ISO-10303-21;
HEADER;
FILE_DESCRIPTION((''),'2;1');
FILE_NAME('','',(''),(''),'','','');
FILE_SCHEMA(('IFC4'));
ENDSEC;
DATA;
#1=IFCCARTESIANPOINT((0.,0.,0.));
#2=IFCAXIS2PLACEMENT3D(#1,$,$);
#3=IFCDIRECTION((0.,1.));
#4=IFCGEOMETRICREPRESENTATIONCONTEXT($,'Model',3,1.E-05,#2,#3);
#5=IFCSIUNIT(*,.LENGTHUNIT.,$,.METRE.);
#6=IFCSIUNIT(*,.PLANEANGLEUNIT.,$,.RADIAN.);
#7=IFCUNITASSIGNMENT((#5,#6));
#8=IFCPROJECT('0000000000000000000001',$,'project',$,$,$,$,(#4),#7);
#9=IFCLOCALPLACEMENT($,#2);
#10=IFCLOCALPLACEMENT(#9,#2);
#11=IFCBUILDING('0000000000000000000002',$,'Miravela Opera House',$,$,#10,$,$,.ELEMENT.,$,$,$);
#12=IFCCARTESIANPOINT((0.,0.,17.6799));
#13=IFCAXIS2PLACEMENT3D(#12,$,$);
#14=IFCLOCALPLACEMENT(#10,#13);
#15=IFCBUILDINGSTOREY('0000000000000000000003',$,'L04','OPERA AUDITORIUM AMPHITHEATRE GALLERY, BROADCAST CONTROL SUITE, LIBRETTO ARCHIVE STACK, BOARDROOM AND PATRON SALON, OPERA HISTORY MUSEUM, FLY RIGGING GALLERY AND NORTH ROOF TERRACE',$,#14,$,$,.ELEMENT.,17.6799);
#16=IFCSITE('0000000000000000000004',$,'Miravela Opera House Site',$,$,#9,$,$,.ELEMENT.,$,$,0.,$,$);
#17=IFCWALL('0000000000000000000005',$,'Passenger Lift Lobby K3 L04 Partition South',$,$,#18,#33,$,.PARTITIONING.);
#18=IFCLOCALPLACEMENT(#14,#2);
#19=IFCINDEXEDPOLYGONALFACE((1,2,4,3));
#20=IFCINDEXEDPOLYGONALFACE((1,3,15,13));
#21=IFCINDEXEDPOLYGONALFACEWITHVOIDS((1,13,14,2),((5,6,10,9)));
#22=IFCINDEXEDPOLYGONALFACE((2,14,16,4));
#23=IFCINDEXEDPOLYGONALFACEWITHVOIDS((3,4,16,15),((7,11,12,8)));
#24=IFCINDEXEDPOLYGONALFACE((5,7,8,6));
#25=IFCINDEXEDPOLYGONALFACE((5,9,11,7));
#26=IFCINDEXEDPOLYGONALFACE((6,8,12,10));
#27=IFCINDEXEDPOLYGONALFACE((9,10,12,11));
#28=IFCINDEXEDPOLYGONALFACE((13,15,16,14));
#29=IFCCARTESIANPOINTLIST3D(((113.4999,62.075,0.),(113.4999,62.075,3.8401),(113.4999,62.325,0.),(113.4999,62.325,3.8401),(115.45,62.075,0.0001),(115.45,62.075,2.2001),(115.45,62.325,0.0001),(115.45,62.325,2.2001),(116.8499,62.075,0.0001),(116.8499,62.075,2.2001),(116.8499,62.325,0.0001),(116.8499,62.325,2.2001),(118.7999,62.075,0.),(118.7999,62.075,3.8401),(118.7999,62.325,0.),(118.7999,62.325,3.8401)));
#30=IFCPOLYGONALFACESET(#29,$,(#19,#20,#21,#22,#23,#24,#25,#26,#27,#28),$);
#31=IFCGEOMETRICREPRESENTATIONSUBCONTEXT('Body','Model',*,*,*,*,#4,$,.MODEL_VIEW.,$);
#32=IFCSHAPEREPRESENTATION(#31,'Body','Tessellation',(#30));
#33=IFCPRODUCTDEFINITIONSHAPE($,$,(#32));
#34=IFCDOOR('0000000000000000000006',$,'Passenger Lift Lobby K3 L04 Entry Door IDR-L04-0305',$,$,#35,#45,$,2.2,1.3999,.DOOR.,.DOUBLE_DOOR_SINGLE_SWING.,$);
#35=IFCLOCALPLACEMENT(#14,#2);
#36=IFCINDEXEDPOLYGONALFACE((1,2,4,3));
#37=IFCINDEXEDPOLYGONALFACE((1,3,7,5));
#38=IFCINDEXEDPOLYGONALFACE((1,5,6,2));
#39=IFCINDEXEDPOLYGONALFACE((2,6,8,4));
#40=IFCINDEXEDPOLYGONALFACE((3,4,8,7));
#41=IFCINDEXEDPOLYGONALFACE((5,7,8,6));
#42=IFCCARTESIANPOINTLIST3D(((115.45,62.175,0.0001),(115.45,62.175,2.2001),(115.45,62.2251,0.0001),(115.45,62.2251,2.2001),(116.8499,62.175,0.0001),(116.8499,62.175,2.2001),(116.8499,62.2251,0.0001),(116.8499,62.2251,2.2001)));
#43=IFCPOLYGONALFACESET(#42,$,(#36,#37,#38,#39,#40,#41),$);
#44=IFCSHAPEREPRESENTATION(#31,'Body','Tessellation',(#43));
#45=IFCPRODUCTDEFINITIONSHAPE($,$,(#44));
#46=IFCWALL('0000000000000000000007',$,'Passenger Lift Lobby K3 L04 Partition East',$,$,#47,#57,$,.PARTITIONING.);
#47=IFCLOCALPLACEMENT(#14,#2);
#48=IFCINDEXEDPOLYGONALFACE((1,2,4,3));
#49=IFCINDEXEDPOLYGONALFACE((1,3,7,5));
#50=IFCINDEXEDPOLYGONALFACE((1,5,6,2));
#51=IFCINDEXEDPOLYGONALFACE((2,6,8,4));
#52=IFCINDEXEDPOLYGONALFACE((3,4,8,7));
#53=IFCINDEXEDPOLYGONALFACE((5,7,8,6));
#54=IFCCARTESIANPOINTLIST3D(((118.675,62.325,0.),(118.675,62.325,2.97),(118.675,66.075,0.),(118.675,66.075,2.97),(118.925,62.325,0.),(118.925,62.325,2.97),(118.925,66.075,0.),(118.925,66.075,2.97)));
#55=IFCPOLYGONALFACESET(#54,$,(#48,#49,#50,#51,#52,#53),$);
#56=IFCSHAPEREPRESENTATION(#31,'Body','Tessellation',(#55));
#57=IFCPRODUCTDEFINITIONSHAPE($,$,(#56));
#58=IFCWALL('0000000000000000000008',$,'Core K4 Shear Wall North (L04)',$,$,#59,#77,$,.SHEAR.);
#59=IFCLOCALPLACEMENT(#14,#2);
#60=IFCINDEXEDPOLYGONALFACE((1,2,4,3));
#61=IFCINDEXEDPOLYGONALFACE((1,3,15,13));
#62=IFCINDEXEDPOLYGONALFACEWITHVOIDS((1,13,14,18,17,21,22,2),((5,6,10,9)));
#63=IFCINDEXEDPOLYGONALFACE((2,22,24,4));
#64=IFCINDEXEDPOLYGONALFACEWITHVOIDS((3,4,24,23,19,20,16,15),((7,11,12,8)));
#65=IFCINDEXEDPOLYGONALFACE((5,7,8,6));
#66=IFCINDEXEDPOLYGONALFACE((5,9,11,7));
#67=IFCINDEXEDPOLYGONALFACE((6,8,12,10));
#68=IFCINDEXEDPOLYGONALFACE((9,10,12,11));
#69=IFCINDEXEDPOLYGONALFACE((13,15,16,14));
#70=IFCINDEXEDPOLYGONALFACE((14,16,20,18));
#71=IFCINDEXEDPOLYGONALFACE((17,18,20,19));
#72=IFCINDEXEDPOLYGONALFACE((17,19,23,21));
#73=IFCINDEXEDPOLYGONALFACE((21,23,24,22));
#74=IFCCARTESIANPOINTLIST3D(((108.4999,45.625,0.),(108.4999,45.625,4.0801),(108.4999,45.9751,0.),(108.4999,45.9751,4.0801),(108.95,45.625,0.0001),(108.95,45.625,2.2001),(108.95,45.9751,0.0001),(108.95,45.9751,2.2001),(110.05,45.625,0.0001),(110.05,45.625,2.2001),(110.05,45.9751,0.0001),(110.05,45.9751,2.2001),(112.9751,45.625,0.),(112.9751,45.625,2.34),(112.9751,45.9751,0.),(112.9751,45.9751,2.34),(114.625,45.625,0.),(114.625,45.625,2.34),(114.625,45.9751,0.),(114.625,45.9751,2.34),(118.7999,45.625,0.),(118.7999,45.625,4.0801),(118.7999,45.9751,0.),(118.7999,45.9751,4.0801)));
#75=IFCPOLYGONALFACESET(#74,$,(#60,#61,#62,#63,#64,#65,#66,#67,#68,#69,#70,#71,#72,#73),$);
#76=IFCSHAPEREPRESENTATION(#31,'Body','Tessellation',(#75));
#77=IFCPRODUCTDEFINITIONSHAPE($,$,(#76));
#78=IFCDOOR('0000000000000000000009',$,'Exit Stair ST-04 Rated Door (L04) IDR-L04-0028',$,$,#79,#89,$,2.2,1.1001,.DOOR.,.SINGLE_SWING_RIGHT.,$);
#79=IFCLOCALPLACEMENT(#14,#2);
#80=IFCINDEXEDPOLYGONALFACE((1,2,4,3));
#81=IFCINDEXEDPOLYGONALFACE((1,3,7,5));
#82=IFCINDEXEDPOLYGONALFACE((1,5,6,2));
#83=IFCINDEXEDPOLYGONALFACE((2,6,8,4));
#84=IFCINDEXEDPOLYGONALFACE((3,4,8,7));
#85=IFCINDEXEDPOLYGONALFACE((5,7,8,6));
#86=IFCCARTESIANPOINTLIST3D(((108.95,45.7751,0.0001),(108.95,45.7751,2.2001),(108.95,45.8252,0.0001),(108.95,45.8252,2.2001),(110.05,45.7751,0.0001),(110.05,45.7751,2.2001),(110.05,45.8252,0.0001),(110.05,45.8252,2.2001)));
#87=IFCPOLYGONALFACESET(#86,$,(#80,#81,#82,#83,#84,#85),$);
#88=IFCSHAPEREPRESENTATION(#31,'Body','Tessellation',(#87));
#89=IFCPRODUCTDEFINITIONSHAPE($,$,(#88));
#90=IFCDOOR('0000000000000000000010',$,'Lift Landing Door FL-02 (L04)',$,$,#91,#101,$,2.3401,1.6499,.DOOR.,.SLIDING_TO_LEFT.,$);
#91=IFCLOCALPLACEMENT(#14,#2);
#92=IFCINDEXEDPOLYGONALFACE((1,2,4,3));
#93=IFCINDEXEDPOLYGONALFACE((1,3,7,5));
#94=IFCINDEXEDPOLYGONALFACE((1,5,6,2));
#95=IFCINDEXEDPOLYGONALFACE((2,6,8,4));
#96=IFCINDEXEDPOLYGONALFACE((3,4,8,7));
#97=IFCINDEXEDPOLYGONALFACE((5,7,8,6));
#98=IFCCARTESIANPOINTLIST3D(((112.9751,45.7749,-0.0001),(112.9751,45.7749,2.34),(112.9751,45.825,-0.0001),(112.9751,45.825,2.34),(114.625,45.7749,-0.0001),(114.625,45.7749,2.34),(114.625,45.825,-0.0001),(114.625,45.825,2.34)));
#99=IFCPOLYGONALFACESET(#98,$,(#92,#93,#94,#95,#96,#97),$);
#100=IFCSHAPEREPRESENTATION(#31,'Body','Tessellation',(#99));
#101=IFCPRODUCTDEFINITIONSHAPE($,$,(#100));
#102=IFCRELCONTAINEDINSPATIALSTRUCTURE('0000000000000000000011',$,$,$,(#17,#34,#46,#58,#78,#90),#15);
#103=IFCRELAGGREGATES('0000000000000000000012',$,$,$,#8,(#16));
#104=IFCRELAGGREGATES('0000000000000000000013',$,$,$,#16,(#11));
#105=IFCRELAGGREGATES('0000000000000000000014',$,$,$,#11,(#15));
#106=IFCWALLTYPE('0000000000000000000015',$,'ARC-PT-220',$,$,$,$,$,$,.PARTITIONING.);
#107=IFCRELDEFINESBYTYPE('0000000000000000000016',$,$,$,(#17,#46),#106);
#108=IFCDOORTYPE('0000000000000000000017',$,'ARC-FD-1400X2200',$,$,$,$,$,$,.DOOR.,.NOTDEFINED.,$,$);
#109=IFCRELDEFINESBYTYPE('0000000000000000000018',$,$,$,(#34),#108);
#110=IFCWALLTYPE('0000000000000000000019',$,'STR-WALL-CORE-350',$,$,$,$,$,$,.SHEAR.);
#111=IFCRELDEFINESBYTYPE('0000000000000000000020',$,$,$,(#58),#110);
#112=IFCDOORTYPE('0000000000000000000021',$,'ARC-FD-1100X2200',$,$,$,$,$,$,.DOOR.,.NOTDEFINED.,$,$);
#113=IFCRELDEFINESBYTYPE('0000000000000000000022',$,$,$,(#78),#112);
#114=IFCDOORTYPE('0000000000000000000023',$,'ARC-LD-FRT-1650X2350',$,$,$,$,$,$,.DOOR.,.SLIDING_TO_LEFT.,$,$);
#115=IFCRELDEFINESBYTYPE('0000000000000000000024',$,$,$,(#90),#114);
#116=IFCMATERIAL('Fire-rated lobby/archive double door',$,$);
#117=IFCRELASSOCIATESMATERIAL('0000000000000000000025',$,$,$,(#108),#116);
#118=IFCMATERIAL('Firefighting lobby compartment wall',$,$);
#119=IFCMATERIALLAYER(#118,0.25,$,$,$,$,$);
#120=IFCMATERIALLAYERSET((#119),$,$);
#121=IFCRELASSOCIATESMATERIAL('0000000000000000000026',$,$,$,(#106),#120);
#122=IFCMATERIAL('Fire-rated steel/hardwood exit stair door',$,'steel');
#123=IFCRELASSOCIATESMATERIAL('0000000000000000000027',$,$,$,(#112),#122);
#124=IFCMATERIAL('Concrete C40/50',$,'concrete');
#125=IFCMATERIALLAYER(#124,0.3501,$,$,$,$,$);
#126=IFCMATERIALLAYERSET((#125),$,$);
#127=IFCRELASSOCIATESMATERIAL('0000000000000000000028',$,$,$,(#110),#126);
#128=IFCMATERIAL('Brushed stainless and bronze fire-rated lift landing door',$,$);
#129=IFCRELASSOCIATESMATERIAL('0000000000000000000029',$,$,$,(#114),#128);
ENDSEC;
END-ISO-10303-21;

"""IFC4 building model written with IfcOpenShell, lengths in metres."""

from ifc_helpers import new_model, si_unit, direction, frame, frame_2d, origin, place, context, subcontext, project, spatial, rectangle, extrude, material, layer, layer_set, type_object, element, fill, save


model = new_model("IFC4")

# Units and contexts
model_context = context("Model", 3, precision=1e-05, world=origin(), true_north=direction((0.0, 1.0)))
body_context = subcontext(model_context, "Body", "Model", "MODEL_VIEW")
ifc_project = project(units=[si_unit("LENGTHUNIT", "METRE"), si_unit("PLANEANGLEUNIT", "RADIAN")], contexts=[model_context])

# Site, building, storey
site_placement = place(None, origin())
site = spatial("IfcSite", under=ifc_project, at=site_placement, Name="Miravela Opera House Site", CompositionType="ELEMENT", RefElevation=0.0)
building_placement = place(site_placement, origin())
building = spatial("IfcBuilding", under=site, at=building_placement, Name="Miravela Opera House", CompositionType="ELEMENT")
storey_placement = place(building_placement, frame((0.0, 0.0, 17.6799)))
storey = spatial("IfcBuildingStorey", under=building, at=storey_placement, Name="L04", Description="OPERA AUDITORIUM AMPHITHEATRE GALLERY, BROADCAST CONTROL SUITE, LIBRETTO ARCHIVE STACK, BOARDROOM AND PATRON SALON, OPERA HISTORY MUSEUM, FLY RIGGING GALLERY AND NORTH ROOF TERRACE", CompositionType="ELEMENT", Elevation=17.6799)

# Shared definitions
ifc_material_1 = material(Name="Concrete C40/50", Category="concrete")

# Shared definitions
ifc_material_2 = material(Name="Fire-rated lobby/archive double door")
door_type_1 = type_object("IfcDoorType", Name="ARC-FD-1400X2200", OperationType="NOTDEFINED", PredefinedType="DOOR", material=ifc_material_2)

# Shared definitions
ifc_material_3 = material(Name="Firefighting lobby compartment wall")
ifc_layer_1 = layer(ifc_material_3, 0.25)
ifc_layer_set_1 = layer_set([ifc_layer_1])
wall_type_1 = type_object("IfcWallType", Name="ARC-PT-220", PredefinedType="PARTITIONING", material=ifc_layer_set_1)
ifc_material_4 = material(Name="Fire-rated steel/hardwood exit stair door", Category="steel")
door_type_2 = type_object("IfcDoorType", Name="ARC-FD-1100X2200", OperationType="NOTDEFINED", PredefinedType="DOOR", material=ifc_material_4)

# Wall, opening, door
wall_1_placement = place(storey_placement, frame((113.5, 62.2, 0.0), z_axis=(0.0, 0.0, 1.0), x_axis=(1.0, 0.0, 0.0)))
wall_1 = element("IfcWall", 1, at=wall_1_placement, inside=storey, type_object=wall_type_1, Name="Passenger Lift Lobby K3 L04 Partition South", PredefinedType="PARTITIONING", context=body_context, shape_type="SweptSolid", body=[
    extrude(rectangle(XDim=5.3, YDim=0.25, at=frame_2d((2.6499, 0.0))), origin(), (0.0, 0.0, 1.0), 3.8401),
])
opening_1_placement = place(wall_1_placement, frame((1.95, 0.0, 0.0)))
opening_1 = element("IfcOpeningElement", 2, at=opening_1_placement, cuts=wall_1, PredefinedType="OPENING", context=body_context, shape_type="SweptSolid", body=[
    extrude(rectangle(XDim=1.3999, YDim=2.2, at=frame_2d((0.7, 1.1001))), frame((0.0, 0.135, 0.0), z_axis=(0.0, -1.0, 0.0), x_axis=(1.0, 0.0, 0.0)), (0.0, 0.0, 1.0), 0.27),
])
door_1_placement = place(opening_1_placement, frame((1.3999, 0.0, 0.0), z_axis=(0.0, 0.0, 1.0), x_axis=(-1.0, 0.0, 0.0)))
door_1 = element("IfcDoor", 3, at=door_1_placement, inside=storey, type_object=door_type_1, Name="Passenger Lift Lobby K3 L04 Entry Door IDR-L04-0305", OperationType="DOUBLE_DOOR_SINGLE_SWING", OverallHeight=2.2, OverallWidth=1.3999, PredefinedType="DOOR", context=body_context, shape_type="SweptSolid", body=[
    extrude(rectangle(XDim=1.3999, YDim=2.2, at=frame_2d((0.7, 1.1001))), frame((0.0, 0.0249, 0.0), z_axis=(0.0, -1.0, 0.0), x_axis=(1.0, 0.0, 0.0)), (0.0, 0.0, 1.0), 0.05),
])
fill(opening_1, door_1)

# Wall
wall_2_placement = place(storey_placement, frame((118.8, 62.325, 0.0), z_axis=(0.0, 0.0, 1.0), x_axis=(0.0, 1.0, 0.0)))
element("IfcWall", 4, at=wall_2_placement, inside=storey, type_object=wall_type_1, Name="Passenger Lift Lobby K3 L04 Partition East", PredefinedType="PARTITIONING", context=body_context, shape_type="SweptSolid", body=[
    extrude(rectangle(XDim=3.75, YDim=0.25, at=frame_2d((1.875, 0.0))), origin(), (0.0, 0.0, 1.0), 2.97),
])

# Wall, openings, doors
ifc_layer_2 = layer(ifc_material_1, 0.3501)
ifc_layer_set_2 = layer_set([ifc_layer_2])
wall_type_2 = type_object("IfcWallType", Name="STR-WALL-CORE-350", PredefinedType="SHEAR", material=ifc_layer_set_2)
wall_3_placement = place(storey_placement, frame((108.5, 45.8, 0.0), z_axis=(0.0, 0.0, 1.0), x_axis=(1.0, 0.0, 0.0)))
wall_3 = element("IfcWall", 5, at=wall_3_placement, inside=storey, type_object=wall_type_2, Name="Core K4 Shear Wall North (L04)", PredefinedType="SHEAR", context=body_context, shape_type="SweptSolid", body=[
    extrude(rectangle(XDim=10.3, YDim=0.3501, at=frame_2d((5.1499, 0.0))), origin(), (0.0, 0.0, 1.0), 4.0801),
])
opening_2_placement = place(wall_3_placement, frame((0.45, 0.0, 0.0)))
opening_2 = element("IfcOpeningElement", 6, at=opening_2_placement, cuts=wall_3, PredefinedType="OPENING", context=body_context, shape_type="SweptSolid", body=[
    extrude(rectangle(XDim=1.1001, YDim=2.2, at=frame_2d((0.55, 1.1001))), frame((0.0, 0.1851, 0.0), z_axis=(0.0, -1.0, 0.0), x_axis=(1.0, 0.0, 0.0)), (0.0, 0.0, 1.0), 0.3701),
])
opening_3_placement = place(wall_3_placement, frame((4.4751, 0.0, 0.0)))
opening_3 = element("IfcOpeningElement", 7, at=opening_3_placement, cuts=wall_3, PredefinedType="OPENING", context=body_context, shape_type="SweptSolid", body=[
    extrude(rectangle(XDim=1.6499, YDim=2.3401, at=frame_2d((0.825, 1.1699))), frame((0.0, 0.1851, 0.0), z_axis=(0.0, -1.0, 0.0), x_axis=(1.0, 0.0, 0.0)), (0.0, 0.0, 1.0), 0.3701),
])
door_2_placement = place(opening_2_placement, frame((1.1001, 0.0, 0.0), z_axis=(0.0, 0.0, 1.0), x_axis=(-1.0, 0.0, 0.0)))
door_2 = element("IfcDoor", 8, at=door_2_placement, inside=storey, type_object=door_type_2, Name="Exit Stair ST-04 Rated Door (L04) IDR-L04-0028", OperationType="SINGLE_SWING_RIGHT", OverallHeight=2.2, OverallWidth=1.1001, PredefinedType="DOOR", context=body_context, shape_type="SweptSolid", body=[
    extrude(rectangle(XDim=1.1001, YDim=2.2, at=frame_2d((0.55, 1.1001))), frame((0.0, 0.0249, 0.0), z_axis=(0.0, -1.0, 0.0), x_axis=(1.0, 0.0, 0.0)), (0.0, 0.0, 1.0), 0.05),
])
fill(opening_2, door_2)
ifc_material_5 = material(Name="Brushed stainless and bronze fire-rated lift landing door")
door_type_3 = type_object("IfcDoorType", Name="ARC-LD-FRT-1650X2350", OperationType="SLIDING_TO_LEFT", PredefinedType="DOOR", material=ifc_material_5)
door_3_placement = place(opening_3_placement, origin())
door_3 = element("IfcDoor", 9, at=door_3_placement, inside=storey, type_object=door_type_3, Name="Lift Landing Door FL-02 (L04)", OperationType="SLIDING_TO_LEFT", OverallHeight=2.3401, OverallWidth=1.6499, PredefinedType="DOOR", context=body_context, shape_type="SweptSolid", body=[
    extrude(rectangle(XDim=1.6499, YDim=2.3401, at=frame_2d((0.825, 1.1699))), frame((0.0, 0.0249, 0.0), z_axis=(0.0, -1.0, 0.0), x_axis=(1.0, 0.0, 0.0)), (0.0, 0.0, 1.0), 0.05),
])
fill(opening_3, door_3)

save(model, "model.ifc")
